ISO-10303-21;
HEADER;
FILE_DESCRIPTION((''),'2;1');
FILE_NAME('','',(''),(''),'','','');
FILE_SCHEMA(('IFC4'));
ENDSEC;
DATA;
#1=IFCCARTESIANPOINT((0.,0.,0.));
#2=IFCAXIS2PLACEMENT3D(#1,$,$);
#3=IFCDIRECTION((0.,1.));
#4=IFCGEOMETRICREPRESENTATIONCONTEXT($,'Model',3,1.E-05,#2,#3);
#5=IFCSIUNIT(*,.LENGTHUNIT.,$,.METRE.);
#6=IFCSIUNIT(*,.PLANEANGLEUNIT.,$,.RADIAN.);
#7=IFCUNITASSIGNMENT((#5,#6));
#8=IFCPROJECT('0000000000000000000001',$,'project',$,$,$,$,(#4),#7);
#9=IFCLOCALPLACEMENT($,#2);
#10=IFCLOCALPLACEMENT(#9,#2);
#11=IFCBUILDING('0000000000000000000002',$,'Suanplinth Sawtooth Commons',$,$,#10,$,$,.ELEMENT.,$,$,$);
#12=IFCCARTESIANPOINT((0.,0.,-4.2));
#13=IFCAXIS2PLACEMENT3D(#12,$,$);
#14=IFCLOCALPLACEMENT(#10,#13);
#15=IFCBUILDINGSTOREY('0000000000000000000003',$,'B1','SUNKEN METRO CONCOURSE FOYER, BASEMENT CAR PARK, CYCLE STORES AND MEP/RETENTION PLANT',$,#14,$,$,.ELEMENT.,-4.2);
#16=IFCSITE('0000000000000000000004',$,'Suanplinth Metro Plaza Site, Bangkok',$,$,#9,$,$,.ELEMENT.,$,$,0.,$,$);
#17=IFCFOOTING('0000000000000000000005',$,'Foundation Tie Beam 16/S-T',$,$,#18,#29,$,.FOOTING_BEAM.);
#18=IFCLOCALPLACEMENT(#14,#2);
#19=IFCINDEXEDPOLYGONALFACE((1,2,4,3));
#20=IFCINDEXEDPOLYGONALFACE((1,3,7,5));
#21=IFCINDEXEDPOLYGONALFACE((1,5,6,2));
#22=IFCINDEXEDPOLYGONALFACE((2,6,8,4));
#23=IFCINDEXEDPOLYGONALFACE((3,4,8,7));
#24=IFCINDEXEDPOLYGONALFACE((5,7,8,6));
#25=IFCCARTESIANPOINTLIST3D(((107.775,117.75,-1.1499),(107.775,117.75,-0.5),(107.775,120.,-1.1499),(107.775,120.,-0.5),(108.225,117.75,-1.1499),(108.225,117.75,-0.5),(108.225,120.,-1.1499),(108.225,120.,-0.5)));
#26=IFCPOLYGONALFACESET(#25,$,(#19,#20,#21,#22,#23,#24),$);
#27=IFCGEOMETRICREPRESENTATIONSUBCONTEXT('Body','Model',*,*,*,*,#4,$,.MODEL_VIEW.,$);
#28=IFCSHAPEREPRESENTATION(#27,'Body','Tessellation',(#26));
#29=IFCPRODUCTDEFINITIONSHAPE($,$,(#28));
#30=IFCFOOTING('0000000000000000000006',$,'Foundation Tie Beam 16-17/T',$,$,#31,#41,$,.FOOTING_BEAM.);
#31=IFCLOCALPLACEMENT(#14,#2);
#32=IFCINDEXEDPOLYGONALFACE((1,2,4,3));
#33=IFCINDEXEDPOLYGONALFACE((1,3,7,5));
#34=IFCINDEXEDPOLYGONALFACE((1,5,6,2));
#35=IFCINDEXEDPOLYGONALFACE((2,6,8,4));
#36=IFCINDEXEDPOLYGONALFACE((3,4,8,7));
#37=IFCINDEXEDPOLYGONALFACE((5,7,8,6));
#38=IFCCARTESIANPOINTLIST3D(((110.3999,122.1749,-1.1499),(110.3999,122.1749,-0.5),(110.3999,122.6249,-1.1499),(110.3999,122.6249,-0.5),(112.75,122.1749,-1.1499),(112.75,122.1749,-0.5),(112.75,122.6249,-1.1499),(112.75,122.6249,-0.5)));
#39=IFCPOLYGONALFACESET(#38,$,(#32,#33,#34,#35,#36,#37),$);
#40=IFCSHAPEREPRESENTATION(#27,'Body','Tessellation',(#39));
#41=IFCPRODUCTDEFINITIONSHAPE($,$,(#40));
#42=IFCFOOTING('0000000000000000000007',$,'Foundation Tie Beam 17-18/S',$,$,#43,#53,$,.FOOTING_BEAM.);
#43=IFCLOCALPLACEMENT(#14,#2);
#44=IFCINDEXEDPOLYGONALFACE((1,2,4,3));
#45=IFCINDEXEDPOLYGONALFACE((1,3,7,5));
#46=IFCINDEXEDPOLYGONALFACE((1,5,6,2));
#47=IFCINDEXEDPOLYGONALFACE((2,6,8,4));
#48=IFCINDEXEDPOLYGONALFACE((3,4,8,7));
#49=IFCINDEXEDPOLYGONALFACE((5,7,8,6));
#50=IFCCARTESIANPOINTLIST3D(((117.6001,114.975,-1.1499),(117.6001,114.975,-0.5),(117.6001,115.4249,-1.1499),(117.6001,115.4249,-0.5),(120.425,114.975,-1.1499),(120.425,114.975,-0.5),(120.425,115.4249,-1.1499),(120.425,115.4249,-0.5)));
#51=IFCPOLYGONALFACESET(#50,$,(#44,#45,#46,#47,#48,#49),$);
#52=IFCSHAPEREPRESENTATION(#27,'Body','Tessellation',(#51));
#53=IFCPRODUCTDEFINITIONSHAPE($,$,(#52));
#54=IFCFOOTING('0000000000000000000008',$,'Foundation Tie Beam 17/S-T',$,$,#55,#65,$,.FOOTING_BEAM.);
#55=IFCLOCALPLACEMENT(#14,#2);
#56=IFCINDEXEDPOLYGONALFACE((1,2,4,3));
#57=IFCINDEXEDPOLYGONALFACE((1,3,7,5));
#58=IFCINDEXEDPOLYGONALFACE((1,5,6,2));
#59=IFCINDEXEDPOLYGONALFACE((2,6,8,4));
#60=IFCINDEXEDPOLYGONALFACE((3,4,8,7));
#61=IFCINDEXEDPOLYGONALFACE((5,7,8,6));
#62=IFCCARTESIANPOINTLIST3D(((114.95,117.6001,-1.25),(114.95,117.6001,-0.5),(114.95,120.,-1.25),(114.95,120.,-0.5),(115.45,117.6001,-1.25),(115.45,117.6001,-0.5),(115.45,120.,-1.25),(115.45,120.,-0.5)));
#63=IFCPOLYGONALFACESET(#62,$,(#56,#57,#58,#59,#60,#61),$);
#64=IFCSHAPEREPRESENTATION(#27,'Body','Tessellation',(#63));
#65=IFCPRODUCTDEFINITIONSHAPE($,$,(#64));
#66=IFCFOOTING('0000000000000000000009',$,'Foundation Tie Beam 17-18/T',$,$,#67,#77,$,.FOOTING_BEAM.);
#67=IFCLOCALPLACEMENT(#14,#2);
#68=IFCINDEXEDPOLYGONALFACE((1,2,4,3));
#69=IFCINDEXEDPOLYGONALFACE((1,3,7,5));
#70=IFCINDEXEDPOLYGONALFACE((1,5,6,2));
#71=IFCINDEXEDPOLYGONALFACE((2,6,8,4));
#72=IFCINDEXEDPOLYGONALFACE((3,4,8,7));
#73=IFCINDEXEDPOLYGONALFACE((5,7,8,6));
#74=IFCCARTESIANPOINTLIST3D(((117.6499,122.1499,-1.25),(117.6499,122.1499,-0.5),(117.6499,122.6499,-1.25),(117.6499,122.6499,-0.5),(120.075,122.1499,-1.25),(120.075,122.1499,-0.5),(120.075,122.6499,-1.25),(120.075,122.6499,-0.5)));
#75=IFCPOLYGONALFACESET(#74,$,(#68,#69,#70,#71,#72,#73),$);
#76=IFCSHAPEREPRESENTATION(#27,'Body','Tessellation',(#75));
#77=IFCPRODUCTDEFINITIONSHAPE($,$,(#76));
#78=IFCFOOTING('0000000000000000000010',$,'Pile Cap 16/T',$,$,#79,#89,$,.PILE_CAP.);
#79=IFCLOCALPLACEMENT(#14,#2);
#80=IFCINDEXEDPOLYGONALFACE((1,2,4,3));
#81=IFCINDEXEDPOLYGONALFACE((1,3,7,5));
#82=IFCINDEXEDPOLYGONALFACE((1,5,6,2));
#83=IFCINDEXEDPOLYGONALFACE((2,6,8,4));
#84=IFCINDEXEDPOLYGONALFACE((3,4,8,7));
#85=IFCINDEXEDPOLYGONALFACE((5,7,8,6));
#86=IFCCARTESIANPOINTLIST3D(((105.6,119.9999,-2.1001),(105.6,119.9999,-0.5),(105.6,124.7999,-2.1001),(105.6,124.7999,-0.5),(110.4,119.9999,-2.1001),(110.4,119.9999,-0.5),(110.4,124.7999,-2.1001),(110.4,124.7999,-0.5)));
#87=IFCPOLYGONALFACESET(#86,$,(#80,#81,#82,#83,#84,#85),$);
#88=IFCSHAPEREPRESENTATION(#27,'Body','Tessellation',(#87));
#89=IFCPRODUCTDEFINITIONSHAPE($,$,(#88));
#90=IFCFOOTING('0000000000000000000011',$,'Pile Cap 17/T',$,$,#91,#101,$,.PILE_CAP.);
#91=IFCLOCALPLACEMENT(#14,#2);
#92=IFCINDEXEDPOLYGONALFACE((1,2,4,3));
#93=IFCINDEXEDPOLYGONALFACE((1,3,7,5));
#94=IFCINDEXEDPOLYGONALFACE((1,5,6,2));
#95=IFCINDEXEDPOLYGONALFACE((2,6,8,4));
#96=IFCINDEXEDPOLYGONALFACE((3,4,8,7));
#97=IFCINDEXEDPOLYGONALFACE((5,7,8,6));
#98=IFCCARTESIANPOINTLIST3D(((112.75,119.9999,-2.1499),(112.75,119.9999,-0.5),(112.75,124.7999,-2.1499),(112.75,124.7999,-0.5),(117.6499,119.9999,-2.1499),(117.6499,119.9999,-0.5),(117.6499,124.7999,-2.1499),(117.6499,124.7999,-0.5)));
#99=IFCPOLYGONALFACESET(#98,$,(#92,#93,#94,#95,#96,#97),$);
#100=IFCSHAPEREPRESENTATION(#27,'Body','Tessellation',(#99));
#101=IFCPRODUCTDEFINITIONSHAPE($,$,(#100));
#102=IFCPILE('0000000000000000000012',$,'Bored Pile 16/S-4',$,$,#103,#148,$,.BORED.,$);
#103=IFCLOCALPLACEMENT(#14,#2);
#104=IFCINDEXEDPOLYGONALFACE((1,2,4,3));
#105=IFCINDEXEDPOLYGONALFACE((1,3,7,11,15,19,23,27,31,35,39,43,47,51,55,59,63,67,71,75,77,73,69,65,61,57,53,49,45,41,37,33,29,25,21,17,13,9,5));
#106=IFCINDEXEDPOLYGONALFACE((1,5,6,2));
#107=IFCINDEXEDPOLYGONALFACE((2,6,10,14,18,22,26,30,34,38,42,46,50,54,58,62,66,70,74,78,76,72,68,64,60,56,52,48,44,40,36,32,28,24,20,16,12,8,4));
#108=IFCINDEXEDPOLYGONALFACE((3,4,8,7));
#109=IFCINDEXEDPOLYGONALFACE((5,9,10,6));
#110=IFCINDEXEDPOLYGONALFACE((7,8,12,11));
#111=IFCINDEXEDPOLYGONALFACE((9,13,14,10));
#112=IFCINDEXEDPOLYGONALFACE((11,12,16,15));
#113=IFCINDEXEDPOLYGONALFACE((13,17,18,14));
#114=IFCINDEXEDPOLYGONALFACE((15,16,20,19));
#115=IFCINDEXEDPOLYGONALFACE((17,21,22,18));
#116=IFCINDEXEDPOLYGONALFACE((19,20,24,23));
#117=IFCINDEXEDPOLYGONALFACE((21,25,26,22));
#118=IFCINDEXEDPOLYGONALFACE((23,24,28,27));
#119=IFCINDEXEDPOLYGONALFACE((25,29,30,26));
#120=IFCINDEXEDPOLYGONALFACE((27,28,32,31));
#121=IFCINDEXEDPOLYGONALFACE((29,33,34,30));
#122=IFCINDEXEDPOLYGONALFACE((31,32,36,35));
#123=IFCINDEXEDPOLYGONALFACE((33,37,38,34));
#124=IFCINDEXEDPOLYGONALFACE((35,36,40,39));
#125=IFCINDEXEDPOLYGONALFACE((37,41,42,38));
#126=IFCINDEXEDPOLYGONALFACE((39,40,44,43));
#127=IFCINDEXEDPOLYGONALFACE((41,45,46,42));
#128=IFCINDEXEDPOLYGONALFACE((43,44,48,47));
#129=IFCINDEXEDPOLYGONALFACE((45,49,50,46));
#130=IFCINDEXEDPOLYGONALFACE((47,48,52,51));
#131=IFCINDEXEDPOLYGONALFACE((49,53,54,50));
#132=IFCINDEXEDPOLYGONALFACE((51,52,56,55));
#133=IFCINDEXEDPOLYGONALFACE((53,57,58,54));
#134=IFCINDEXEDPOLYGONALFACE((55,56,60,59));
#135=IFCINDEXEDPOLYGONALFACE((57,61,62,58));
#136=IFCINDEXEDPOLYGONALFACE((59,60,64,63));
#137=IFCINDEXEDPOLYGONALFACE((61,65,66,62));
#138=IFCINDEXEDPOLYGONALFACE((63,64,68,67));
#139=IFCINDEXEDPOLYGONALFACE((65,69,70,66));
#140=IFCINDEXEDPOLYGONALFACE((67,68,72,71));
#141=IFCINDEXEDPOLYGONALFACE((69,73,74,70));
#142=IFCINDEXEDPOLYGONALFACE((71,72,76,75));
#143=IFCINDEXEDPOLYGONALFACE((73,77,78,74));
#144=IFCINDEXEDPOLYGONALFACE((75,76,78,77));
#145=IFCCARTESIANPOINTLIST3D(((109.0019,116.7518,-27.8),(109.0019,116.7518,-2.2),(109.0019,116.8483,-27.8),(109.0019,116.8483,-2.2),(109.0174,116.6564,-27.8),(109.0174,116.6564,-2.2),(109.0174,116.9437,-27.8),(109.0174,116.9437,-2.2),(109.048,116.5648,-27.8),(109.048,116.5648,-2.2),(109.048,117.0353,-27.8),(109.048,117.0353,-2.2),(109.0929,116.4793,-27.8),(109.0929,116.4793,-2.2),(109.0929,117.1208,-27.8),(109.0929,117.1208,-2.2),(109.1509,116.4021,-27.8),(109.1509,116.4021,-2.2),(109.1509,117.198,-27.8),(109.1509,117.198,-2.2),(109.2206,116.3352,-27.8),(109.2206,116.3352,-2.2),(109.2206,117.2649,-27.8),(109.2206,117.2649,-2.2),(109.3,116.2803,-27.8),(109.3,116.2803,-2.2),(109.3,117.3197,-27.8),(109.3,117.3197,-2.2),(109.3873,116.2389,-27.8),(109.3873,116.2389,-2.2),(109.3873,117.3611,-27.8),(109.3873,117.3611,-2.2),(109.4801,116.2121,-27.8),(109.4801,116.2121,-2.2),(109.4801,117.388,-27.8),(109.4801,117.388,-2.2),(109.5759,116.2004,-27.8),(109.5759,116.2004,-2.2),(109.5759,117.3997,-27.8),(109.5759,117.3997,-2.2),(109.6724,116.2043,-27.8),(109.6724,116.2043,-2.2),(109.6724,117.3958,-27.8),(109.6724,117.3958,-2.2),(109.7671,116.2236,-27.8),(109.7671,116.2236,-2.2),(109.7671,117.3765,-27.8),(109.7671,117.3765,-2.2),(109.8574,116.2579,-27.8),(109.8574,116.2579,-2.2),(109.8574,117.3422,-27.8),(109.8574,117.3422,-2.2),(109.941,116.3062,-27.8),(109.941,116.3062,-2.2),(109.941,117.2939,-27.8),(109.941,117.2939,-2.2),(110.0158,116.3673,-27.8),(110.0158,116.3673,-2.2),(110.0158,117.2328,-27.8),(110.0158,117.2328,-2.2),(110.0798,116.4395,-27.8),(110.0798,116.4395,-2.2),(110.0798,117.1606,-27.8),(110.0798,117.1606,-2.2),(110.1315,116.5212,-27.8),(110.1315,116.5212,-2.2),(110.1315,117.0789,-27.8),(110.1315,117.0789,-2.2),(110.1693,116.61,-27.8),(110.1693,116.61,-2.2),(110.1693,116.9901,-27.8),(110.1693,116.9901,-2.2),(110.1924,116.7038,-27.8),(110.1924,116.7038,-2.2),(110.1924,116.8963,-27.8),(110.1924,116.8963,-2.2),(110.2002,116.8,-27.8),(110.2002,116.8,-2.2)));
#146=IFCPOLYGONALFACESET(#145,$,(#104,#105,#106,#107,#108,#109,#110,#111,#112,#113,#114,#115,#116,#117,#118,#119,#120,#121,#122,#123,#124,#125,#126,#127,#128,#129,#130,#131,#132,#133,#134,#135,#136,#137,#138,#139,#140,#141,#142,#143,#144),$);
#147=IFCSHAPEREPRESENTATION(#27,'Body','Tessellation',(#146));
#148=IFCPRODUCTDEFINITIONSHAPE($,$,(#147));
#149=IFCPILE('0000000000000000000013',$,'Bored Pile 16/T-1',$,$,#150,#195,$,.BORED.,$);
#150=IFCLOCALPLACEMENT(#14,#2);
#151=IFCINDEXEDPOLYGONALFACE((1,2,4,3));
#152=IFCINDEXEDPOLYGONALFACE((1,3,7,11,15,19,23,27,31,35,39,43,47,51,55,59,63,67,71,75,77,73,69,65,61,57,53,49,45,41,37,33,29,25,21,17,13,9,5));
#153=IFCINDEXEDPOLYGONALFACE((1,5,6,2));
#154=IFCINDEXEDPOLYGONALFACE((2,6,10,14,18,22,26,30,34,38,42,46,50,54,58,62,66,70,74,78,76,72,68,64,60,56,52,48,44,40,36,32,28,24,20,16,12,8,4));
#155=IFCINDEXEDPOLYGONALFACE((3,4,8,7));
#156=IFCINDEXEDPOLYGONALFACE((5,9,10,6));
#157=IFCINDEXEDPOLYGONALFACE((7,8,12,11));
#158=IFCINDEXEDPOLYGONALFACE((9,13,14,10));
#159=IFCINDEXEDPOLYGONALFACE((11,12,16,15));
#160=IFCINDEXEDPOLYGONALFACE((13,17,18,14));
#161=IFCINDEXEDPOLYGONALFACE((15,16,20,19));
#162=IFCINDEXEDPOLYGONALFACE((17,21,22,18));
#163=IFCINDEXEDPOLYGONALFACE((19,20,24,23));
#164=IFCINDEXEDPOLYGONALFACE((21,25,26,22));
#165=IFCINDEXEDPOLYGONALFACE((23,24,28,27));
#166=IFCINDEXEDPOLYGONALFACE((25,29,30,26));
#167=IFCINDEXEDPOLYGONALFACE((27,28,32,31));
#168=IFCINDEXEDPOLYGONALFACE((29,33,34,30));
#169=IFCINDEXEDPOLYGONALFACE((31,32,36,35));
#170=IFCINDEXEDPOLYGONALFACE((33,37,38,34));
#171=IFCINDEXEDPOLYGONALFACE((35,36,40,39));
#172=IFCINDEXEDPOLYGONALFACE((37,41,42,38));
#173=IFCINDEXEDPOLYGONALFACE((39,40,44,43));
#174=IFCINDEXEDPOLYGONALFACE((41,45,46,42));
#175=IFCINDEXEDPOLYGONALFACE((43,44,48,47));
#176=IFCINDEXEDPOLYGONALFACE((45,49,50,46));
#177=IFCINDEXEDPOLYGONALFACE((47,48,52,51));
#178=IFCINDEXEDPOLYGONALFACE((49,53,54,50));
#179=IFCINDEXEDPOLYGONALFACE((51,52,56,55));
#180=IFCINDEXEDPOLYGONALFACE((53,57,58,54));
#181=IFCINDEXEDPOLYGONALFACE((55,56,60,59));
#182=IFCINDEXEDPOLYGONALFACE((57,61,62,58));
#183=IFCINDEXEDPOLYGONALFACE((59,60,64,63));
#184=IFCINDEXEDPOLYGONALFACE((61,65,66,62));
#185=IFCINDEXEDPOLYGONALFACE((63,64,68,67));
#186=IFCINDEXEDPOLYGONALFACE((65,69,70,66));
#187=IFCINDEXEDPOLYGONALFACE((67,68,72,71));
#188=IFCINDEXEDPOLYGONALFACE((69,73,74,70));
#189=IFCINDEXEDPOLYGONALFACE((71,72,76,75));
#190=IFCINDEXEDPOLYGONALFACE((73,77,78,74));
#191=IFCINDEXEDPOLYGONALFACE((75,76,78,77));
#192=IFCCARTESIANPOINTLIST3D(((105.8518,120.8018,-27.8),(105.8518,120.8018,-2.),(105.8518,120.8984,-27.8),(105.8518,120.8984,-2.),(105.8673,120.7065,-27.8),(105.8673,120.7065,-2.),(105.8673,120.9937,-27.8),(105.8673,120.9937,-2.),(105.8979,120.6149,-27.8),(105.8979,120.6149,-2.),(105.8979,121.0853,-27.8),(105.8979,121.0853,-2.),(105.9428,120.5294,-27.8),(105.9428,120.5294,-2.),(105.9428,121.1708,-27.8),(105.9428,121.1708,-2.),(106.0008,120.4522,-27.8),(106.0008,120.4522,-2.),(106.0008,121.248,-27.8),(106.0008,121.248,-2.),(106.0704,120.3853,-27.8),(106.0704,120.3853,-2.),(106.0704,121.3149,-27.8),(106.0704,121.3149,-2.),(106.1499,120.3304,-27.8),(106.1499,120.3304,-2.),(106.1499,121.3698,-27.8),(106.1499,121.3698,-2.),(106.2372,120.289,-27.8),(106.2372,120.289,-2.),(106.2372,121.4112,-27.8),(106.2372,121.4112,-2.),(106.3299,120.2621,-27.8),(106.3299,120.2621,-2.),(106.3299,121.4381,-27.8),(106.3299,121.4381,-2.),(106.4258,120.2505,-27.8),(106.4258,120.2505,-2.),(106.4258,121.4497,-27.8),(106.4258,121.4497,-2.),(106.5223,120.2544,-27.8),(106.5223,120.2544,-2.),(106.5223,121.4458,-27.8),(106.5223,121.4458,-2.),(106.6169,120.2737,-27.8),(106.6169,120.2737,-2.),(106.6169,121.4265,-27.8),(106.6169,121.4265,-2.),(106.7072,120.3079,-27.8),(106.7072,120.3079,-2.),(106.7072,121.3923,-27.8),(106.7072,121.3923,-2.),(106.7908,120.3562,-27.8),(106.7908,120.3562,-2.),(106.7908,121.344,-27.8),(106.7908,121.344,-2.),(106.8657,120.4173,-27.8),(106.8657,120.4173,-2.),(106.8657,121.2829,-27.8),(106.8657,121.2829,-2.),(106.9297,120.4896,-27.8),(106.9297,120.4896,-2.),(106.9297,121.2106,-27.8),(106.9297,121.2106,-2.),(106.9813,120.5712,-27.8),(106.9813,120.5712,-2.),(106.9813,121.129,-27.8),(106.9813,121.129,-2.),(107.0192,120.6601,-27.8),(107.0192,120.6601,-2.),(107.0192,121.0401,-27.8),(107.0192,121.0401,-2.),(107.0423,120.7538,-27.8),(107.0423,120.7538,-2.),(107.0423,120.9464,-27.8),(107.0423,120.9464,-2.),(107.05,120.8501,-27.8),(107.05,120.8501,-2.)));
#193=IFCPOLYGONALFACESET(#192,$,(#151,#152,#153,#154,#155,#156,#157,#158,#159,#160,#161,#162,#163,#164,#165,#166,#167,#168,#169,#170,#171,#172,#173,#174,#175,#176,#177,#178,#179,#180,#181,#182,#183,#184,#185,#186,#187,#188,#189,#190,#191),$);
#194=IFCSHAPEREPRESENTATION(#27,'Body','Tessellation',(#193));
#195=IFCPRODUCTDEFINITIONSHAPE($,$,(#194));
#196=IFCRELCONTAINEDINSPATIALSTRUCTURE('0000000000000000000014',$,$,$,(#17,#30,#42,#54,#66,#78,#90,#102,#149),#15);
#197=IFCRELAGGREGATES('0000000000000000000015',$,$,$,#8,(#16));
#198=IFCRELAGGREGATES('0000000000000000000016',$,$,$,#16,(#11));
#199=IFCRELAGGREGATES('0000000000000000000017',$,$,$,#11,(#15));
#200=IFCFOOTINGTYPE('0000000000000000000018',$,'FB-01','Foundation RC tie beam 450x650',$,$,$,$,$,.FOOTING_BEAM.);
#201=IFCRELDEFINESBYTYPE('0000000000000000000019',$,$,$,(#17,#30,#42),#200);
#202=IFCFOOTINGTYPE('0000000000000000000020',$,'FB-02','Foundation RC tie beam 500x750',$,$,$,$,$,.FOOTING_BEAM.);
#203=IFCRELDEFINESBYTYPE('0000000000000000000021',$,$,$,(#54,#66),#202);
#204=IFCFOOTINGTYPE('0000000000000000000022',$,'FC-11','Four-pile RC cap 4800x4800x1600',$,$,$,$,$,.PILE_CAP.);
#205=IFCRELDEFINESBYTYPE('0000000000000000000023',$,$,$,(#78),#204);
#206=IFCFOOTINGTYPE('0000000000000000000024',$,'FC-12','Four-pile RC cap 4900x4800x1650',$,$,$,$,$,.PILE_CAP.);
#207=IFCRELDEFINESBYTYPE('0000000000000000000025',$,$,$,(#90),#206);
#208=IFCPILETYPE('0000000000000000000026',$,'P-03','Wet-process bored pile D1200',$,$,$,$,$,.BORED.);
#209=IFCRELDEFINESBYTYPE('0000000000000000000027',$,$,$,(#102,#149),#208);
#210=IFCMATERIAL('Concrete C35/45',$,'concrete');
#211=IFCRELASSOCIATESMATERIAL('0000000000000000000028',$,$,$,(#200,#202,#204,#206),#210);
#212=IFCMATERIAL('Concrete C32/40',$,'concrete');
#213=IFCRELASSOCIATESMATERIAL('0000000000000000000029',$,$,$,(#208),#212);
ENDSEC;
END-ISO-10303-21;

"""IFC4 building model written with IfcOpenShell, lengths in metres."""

from ifc_helpers import new_model, si_unit, direction, frame, origin, origin_2d, place, context, subcontext, project, spatial, rectangle, circle, extrude, material, material_profile, profile_set, type_object, element, save


model = new_model("IFC4")

# Units and contexts
model_context = context("Model", 3, precision=1e-05, world=origin(), true_north=direction((0.0, 1.0)))
body_context = subcontext(model_context, "Body", "Model", "MODEL_VIEW")
ifc_project = project(units=[si_unit("LENGTHUNIT", "METRE"), si_unit("PLANEANGLEUNIT", "RADIAN")], contexts=[model_context])

# Site, building, storey
site_placement = place(None, origin())
site = spatial("IfcSite", under=ifc_project, at=site_placement, Name="Suanplinth Metro Plaza Site, Bangkok", CompositionType="ELEMENT", RefElevation=0.0)
building_placement = place(site_placement, origin())
building = spatial("IfcBuilding", under=site, at=building_placement, Name="Suanplinth Sawtooth Commons", CompositionType="ELEMENT")
storey_placement = place(building_placement, frame((0.0, 0.0, -4.2)))
storey = spatial("IfcBuildingStorey", under=building, at=storey_placement, Name="B1", Description="SUNKEN METRO CONCOURSE FOYER, BASEMENT CAR PARK, CYCLE STORES AND MEP/RETENTION PLANT", CompositionType="ELEMENT", Elevation=-4.2)

# Footings
ifc_material_1 = material(Name="Concrete C35/45", Category="concrete")
ifc_material_profile_1 = material_profile(ifc_material_1, rectangle(XDim=0.45, YDim=0.6499, at=origin_2d()), Name="PC-GDR 450x650")
ifc_profile_set_1 = profile_set([ifc_material_profile_1], Name="Concrete C35/45")
footing_type_1 = type_object("IfcFootingType", Name="FB-01", Description="Foundation RC tie beam 450x650", PredefinedType="FOOTING_BEAM", material=ifc_profile_set_1)
footing_1_placement = place(storey_placement, frame((108.0, 117.75, -0.825), z_axis=(0.0, 1.0, 0.0), x_axis=(-1.0, 0.0, 0.0)))
element("IfcFooting", 1, at=footing_1_placement, inside=storey, type_object=footing_type_1, Name="Foundation Tie Beam 16/S-T", PredefinedType="FOOTING_BEAM", context=body_context, shape_type="SweptSolid", body=[
    extrude(rectangle(XDim=0.45, YDim=0.6499, at=origin_2d()), origin(), (0.0, 0.0, 1.0), 2.25),
])
footing_2_placement = place(storey_placement, frame((110.3999, 122.3999, -0.825), z_axis=(1.0, 0.0, 0.0), x_axis=(0.0, 1.0, 0.0)))
element("IfcFooting", 2, at=footing_2_placement, inside=storey, type_object=footing_type_1, Name="Foundation Tie Beam 16-17/T", PredefinedType="FOOTING_BEAM", context=body_context, shape_type="SweptSolid", body=[
    extrude(rectangle(XDim=0.45, YDim=0.6499, at=origin_2d()), origin(), (0.0, 0.0, 1.0), 2.3501),
])
footing_3_placement = place(storey_placement, frame((117.6001, 115.2, -0.825), z_axis=(1.0, 0.0, 0.0), x_axis=(0.0, 1.0, 0.0)))
element("IfcFooting", 3, at=footing_3_placement, inside=storey, type_object=footing_type_1, Name="Foundation Tie Beam 17-18/S", PredefinedType="FOOTING_BEAM", context=body_context, shape_type="SweptSolid", body=[
    extrude(rectangle(XDim=0.45, YDim=0.6499, at=origin_2d()), origin(), (0.0, 0.0, 1.0), 2.825),
])
ifc_material_profile_2 = material_profile(ifc_material_1, rectangle(XDim=0.5, YDim=0.75, at=origin_2d()), Name="RC-GDR 500x750")
ifc_profile_set_2 = profile_set([ifc_material_profile_2], Name="Concrete C35/45")
footing_type_2 = type_object("IfcFootingType", Name="FB-02", Description="Foundation RC tie beam 500x750", PredefinedType="FOOTING_BEAM", material=ifc_profile_set_2)
footing_4_placement = place(storey_placement, frame((115.2, 117.6001, -0.875), z_axis=(0.0, 1.0, 0.0), x_axis=(-1.0, 0.0, 0.0)))
element("IfcFooting", 4, at=footing_4_placement, inside=storey, type_object=footing_type_2, Name="Foundation Tie Beam 17/S-T", PredefinedType="FOOTING_BEAM", context=body_context, shape_type="SweptSolid", body=[
    extrude(rectangle(XDim=0.5, YDim=0.75, at=origin_2d()), origin(), (0.0, 0.0, 1.0), 2.3999),
])
footing_5_placement = place(storey_placement, frame((117.6499, 122.3999, -0.875), z_axis=(1.0, 0.0, 0.0), x_axis=(0.0, 1.0, 0.0)))
element("IfcFooting", 5, at=footing_5_placement, inside=storey, type_object=footing_type_2, Name="Foundation Tie Beam 17-18/T", PredefinedType="FOOTING_BEAM", context=body_context, shape_type="SweptSolid", body=[
    extrude(rectangle(XDim=0.5, YDim=0.75, at=origin_2d()), origin(), (0.0, 0.0, 1.0), 2.425),
])
footing_type_3 = type_object("IfcFootingType", Name="FC-11", Description="Four-pile RC cap 4800x4800x1600", PredefinedType="PILE_CAP", material=ifc_material_1)
footing_6_placement = place(storey_placement, frame((108.0, 122.3999, -2.1001), z_axis=(0.0, 0.0, 1.0), x_axis=(1.0, 0.0, 0.0)))
element("IfcFooting", 6, at=footing_6_placement, inside=storey, type_object=footing_type_3, Name="Pile Cap 16/T", PredefinedType="PILE_CAP", context=body_context, shape_type="SweptSolid", body=[
    extrude(rectangle(XDim=4.8, YDim=4.8, at=origin_2d()), origin(), (0.0, 0.0, 1.0), 1.6001),
])
footing_type_4 = type_object("IfcFootingType", Name="FC-12", Description="Four-pile RC cap 4900x4800x1650", PredefinedType="PILE_CAP", material=ifc_material_1)
footing_7_placement = place(storey_placement, frame((115.2, 122.3999, -2.1499), z_axis=(0.0, 0.0, 1.0), x_axis=(1.0, 0.0, 0.0)))
element("IfcFooting", 7, at=footing_7_placement, inside=storey, type_object=footing_type_4, Name="Pile Cap 17/T", PredefinedType="PILE_CAP", context=body_context, shape_type="SweptSolid", body=[
    extrude(rectangle(XDim=4.8999, YDim=4.8, at=origin_2d()), origin(), (0.0, 0.0, 1.0), 1.6499),
])

# Piles
ifc_material_2 = material(Name="Concrete C32/40", Category="concrete")
ifc_material_profile_3 = material_profile(ifc_material_2, circle(Radius=0.6001, at=origin_2d()), Name="PILE D1200")
ifc_profile_set_3 = profile_set([ifc_material_profile_3], Name="Concrete C32/40")
pile_type = type_object("IfcPileType", Name="P-03", Description="Wet-process bored pile D1200", PredefinedType="BORED", material=ifc_profile_set_3)
pile_placement = place(storey_placement, frame((109.6001, 116.8, -2.2), z_axis=(0.0, 0.0, -1.0), x_axis=(1.0, 0.0, 0.0)))
element("IfcPile", 8, at=pile_placement, inside=storey, type_object=pile_type, Name="Bored Pile 16/S-4", PredefinedType="BORED", context=body_context, shape_type="SweptSolid", body=[
    extrude(circle(Radius=0.6001, at=origin_2d()), origin(), (0.0, 0.0, 1.0), 25.6001),
])
for number, where, z_axis, x_axis, name in (
    (9, (106.45, 120.8501, -2.0), (0.0, 0.0, -1.0), (1.0, 0.0, 0.0), "Bored Pile 16/T-1"),
):
    element("IfcPile", number, at=place(storey_placement, frame(where, z_axis=z_axis, x_axis=x_axis)), inside=storey, type_object=pile_type, Name=name, PredefinedType="BORED", context=body_context, shape_type="SweptSolid", body=[
        extrude(circle(Radius=0.6001, at=origin_2d()), origin(), (0.0, 0.0, 1.0), 25.8),
    ])

save(model, "model.ifc")
